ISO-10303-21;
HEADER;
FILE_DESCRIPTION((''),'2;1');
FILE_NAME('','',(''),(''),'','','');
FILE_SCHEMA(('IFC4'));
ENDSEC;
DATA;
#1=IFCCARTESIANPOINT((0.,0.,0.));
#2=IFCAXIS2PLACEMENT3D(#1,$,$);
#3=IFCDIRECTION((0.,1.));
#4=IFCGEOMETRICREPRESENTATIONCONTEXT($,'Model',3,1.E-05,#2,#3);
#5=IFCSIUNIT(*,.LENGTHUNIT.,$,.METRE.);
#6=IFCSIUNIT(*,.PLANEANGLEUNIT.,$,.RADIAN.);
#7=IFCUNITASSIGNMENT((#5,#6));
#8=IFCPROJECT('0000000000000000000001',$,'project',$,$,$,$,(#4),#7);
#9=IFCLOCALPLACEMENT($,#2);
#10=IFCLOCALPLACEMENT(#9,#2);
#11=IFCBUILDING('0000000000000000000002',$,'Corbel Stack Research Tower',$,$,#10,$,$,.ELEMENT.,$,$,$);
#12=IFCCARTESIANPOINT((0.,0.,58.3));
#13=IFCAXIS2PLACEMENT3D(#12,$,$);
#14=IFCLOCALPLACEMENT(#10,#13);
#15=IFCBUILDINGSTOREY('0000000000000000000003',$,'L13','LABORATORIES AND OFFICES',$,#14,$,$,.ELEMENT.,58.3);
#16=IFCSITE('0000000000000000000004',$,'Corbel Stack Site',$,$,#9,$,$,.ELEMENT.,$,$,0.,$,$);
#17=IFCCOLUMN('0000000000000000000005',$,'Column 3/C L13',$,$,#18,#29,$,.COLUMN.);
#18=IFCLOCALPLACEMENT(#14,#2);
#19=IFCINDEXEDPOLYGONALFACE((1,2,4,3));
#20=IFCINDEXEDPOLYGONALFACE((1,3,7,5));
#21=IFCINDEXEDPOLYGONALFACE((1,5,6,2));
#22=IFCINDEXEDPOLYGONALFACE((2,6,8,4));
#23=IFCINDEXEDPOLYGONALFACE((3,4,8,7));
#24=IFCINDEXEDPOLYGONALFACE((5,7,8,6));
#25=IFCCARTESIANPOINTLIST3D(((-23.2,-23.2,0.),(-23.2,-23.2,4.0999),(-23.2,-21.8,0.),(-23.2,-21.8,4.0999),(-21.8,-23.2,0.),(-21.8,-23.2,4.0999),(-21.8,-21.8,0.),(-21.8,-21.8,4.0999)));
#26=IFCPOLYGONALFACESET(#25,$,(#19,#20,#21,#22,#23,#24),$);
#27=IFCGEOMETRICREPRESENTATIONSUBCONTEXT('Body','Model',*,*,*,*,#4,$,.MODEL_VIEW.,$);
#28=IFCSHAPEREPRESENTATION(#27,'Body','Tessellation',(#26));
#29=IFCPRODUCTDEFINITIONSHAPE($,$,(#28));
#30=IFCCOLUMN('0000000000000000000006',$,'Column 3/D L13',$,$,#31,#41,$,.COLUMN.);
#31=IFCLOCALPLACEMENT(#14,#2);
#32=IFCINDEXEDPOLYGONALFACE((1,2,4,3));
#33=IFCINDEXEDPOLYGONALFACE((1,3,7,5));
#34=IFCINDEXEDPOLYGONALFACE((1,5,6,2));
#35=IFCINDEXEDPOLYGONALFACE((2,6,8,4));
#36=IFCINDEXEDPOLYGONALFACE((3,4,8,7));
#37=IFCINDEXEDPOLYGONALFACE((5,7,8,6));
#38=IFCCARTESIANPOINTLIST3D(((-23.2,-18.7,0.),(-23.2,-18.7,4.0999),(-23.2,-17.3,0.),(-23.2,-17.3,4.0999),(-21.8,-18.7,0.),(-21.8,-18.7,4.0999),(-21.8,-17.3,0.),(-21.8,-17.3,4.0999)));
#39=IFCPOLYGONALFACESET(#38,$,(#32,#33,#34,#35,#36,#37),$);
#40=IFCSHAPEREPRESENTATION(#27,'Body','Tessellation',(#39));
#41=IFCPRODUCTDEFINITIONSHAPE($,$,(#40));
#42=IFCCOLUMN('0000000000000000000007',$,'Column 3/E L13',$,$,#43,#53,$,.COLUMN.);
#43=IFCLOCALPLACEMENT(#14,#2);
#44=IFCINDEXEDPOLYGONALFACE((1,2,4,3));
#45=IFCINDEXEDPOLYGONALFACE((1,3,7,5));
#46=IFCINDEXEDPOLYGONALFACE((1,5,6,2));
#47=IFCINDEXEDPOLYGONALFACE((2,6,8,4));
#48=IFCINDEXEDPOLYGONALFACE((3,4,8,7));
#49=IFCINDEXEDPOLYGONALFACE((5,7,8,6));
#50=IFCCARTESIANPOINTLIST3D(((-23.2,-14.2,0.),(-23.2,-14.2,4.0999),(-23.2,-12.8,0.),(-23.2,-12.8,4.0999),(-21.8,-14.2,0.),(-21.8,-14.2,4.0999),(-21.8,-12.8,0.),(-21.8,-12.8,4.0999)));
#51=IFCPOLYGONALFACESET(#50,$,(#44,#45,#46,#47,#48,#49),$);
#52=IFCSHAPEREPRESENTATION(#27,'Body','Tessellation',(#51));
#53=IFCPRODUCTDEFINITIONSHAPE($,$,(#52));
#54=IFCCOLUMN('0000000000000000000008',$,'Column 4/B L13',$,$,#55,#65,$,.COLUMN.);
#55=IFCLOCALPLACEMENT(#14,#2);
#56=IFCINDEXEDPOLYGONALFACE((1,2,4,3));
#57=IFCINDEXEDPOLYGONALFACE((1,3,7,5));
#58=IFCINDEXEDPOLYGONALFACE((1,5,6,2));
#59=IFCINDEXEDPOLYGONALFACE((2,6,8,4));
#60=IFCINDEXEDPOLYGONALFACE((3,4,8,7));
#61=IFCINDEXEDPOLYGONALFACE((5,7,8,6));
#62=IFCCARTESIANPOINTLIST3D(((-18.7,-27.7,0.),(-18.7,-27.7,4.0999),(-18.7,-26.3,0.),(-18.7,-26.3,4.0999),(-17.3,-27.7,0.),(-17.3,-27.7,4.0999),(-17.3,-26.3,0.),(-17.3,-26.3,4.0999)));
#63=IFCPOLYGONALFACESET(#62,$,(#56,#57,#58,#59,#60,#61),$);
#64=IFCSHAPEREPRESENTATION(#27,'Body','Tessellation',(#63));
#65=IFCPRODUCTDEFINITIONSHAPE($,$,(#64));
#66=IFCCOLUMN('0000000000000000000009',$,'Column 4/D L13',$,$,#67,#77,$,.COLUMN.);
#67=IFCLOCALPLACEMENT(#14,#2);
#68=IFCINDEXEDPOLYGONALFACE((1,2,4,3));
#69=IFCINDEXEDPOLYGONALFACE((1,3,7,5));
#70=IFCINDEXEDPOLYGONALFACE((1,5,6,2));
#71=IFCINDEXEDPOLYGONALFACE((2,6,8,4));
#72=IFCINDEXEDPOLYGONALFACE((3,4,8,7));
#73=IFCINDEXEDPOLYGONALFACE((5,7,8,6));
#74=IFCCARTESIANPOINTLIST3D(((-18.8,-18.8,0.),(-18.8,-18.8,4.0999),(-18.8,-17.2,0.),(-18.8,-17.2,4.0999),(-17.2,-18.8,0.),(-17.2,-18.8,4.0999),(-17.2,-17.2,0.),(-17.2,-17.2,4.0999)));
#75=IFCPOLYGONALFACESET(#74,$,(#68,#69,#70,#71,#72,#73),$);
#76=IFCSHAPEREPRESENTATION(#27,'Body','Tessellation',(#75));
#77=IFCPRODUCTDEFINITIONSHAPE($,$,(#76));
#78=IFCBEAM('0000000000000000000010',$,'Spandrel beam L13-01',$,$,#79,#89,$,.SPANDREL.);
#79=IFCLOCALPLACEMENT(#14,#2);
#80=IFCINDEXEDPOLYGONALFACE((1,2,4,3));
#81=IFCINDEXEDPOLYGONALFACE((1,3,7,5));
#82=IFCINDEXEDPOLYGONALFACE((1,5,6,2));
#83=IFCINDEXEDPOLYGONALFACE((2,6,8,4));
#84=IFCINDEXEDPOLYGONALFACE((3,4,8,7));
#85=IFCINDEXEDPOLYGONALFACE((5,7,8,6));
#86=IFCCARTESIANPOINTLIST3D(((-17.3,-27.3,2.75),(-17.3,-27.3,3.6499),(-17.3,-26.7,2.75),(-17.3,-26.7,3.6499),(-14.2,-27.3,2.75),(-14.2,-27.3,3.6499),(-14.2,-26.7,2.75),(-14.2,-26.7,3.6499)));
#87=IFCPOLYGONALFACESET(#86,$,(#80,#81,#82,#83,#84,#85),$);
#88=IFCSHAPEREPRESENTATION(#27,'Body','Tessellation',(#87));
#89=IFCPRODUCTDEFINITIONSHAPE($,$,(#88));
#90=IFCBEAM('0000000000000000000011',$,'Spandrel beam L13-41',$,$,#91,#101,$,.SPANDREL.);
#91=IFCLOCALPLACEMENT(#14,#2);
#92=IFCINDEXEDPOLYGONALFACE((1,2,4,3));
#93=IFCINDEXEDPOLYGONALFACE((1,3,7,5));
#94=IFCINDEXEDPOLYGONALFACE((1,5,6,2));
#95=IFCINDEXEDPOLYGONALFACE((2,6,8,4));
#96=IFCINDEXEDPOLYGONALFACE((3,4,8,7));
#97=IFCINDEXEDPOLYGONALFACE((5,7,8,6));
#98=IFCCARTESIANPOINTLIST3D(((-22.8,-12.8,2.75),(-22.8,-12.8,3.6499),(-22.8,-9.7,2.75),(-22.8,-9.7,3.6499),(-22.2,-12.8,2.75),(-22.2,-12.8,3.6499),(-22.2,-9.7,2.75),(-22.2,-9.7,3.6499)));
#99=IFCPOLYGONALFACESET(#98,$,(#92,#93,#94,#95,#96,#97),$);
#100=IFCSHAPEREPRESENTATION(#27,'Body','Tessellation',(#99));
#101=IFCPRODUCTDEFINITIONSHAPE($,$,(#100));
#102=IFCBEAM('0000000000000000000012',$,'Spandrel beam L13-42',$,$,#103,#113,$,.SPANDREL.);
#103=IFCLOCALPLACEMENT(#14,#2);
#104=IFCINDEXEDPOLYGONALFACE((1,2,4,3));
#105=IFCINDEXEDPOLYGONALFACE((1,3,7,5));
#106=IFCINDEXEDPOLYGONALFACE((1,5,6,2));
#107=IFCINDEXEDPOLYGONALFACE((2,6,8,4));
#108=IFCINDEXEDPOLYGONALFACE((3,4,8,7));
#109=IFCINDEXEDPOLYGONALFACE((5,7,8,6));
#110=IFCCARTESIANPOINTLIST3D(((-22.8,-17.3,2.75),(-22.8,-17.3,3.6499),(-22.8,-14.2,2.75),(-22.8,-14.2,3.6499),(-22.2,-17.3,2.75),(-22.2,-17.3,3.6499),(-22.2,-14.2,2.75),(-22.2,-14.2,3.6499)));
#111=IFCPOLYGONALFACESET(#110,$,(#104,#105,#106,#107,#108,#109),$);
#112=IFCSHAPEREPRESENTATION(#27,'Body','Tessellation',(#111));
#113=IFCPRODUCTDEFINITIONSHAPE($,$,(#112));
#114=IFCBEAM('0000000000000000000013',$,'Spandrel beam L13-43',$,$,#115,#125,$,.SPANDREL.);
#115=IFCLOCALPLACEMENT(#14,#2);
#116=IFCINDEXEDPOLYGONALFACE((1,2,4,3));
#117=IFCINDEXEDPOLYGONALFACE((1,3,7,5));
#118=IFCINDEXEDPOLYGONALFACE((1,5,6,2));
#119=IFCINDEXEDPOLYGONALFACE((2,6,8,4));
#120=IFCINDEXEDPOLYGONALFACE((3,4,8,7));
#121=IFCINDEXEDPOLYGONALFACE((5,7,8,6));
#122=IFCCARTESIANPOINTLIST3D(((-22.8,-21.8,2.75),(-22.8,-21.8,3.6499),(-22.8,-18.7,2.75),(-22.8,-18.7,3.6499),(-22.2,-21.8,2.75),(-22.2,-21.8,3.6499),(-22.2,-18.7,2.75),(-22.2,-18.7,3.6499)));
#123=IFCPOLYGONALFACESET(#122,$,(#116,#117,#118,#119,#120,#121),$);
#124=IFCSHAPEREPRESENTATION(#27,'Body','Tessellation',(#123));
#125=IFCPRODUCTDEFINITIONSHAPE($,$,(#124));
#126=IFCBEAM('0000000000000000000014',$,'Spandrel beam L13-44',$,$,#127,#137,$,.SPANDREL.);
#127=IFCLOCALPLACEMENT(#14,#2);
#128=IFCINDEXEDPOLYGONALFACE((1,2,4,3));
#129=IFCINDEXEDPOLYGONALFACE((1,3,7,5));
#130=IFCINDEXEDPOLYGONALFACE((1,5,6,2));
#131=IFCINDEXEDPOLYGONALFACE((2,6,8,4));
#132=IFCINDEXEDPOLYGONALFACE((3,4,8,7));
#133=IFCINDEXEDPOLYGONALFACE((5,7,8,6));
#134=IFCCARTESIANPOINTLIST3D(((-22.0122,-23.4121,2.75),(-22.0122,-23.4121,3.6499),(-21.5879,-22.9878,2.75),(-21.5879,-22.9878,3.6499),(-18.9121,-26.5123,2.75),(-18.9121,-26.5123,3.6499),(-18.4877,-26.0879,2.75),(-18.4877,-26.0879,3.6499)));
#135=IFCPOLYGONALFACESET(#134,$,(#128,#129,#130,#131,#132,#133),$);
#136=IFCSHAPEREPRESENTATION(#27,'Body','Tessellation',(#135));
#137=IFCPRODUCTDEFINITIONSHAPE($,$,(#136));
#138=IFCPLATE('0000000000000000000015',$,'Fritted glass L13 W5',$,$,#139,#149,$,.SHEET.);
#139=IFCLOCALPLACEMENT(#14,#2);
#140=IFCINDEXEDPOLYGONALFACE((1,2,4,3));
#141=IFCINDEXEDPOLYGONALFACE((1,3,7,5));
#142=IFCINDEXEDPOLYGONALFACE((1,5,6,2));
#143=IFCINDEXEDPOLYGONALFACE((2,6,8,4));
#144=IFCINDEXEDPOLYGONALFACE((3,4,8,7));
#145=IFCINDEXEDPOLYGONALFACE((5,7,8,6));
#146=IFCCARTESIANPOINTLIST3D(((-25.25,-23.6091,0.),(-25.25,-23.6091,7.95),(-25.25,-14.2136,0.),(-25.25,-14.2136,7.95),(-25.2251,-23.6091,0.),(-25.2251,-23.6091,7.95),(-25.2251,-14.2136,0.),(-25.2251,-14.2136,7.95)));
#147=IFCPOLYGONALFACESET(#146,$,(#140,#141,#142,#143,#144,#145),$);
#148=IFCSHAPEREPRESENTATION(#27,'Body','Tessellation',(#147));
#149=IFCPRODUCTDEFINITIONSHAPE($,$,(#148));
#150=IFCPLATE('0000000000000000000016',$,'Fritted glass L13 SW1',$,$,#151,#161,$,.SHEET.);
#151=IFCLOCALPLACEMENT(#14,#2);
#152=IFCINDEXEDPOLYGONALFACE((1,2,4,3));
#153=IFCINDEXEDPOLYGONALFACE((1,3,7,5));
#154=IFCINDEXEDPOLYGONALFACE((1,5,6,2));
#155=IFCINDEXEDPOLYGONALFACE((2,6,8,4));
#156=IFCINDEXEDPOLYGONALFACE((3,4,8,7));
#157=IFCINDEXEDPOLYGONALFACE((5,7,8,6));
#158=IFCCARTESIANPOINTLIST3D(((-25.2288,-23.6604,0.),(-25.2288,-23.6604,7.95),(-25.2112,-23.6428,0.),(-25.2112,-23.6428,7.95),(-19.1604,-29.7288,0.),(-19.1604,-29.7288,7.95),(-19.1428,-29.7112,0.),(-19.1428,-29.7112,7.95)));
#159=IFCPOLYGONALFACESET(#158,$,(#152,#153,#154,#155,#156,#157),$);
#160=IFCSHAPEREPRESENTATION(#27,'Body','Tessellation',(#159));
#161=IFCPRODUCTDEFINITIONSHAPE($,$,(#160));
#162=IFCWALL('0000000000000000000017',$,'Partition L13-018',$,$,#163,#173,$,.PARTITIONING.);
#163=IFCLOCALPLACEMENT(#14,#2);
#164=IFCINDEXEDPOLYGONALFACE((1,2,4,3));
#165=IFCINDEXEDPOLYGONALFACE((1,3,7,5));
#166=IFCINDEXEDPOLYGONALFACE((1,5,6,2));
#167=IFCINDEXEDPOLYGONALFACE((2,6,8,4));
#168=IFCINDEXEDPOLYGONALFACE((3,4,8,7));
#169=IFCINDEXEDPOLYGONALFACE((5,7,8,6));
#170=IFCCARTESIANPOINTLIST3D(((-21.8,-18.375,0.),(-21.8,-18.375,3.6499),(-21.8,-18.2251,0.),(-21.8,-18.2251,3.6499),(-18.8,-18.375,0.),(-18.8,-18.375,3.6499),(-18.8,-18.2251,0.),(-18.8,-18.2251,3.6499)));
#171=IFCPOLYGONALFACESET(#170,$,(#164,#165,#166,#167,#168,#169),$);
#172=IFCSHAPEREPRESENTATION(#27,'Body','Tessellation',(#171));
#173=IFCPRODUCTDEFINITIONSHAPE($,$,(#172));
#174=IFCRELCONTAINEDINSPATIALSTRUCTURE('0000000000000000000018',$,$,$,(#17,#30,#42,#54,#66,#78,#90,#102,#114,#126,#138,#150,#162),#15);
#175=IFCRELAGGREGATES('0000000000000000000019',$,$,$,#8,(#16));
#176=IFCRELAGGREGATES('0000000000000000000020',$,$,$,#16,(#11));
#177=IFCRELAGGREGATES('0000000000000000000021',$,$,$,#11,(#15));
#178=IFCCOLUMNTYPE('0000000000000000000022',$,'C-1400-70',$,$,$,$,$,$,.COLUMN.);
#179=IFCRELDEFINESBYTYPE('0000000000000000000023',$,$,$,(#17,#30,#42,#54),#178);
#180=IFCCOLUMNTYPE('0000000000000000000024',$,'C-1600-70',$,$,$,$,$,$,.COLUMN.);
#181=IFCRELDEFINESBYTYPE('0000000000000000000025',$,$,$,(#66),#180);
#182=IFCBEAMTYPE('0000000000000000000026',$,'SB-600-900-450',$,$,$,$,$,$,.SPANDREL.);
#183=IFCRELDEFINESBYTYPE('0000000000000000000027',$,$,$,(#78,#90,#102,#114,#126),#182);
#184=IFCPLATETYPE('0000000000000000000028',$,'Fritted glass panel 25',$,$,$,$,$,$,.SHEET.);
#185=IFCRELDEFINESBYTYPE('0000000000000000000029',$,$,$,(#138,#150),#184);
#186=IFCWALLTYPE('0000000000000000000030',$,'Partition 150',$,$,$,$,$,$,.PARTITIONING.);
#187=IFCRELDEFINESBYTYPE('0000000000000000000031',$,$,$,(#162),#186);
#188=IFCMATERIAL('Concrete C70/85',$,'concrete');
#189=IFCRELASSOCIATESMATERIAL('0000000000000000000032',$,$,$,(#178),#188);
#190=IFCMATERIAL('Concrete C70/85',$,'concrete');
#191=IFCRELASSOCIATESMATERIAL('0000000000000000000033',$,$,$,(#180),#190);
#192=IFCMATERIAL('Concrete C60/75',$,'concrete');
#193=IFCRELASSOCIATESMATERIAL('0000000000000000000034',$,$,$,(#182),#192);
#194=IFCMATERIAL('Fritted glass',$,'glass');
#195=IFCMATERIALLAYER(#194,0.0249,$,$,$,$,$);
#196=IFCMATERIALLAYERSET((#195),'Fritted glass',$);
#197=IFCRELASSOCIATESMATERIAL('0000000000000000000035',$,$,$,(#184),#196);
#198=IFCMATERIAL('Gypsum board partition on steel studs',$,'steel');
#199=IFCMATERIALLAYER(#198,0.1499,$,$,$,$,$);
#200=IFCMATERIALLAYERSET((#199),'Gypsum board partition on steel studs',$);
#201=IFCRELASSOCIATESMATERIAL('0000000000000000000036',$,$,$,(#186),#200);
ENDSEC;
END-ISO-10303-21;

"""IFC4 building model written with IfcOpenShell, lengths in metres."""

from ifc_helpers import new_model, si_unit, direction, frame, frame_2d, origin, origin_2d, place, context, subcontext, project, spatial, rectangle, extrude, material, layer, layer_set, material_profile, profile_set, type_object, element, save


model = new_model("IFC4")

# Units and contexts
model_context = context("Model", 3, precision=1e-05, world=origin(), true_north=direction((0.0, 1.0)))
body_context = subcontext(model_context, "Body", "Model", "MODEL_VIEW")
ifc_project = project(units=[si_unit("LENGTHUNIT", "METRE"), si_unit("PLANEANGLEUNIT", "RADIAN")], contexts=[model_context])

# Site, building, storey
site_placement = place(None, origin())
site = spatial("IfcSite", under=ifc_project, at=site_placement, Name="Corbel Stack Site", CompositionType="ELEMENT", RefElevation=0.0)
building_placement = place(site_placement, origin())
building = spatial("IfcBuilding", under=site, at=building_placement, Name="Corbel Stack Research Tower", CompositionType="ELEMENT")
storey_placement = place(building_placement, frame((0.0, 0.0, 58.3)))
storey = spatial("IfcBuildingStorey", under=building, at=storey_placement, Name="L13", Description="LABORATORIES AND OFFICES", CompositionType="ELEMENT", Elevation=58.3)

# Columns
ifc_material_1 = material(Name="Concrete C70/85", Category="concrete")
ifc_material_profile_1 = material_profile(ifc_material_1, rectangle(XDim=1.3999, YDim=1.3999, at=origin_2d()), Name="RC 1400 x 1400")
ifc_profile_set_1 = profile_set([ifc_material_profile_1], Name="Concrete C70/85")
column_type_1 = type_object("IfcColumnType", Name="C-1400-70", PredefinedType="COLUMN", material=ifc_profile_set_1)
for number, where, z_axis, x_axis, name in (
    (1, (-22.5, -22.5, 0.0), (0.0, 0.0, 1.0), (1.0, 0.0, 0.0), "Column 3/C L13"),
    (2, (-22.5, -18.0, 0.0), (0.0, 0.0, 1.0), (1.0, 0.0, 0.0), "Column 3/D L13"),
    (3, (-22.5, -13.5, 0.0), (0.0, 0.0, 1.0), (1.0, 0.0, 0.0), "Column 3/E L13"),
    (4, (-18.0, -27.0, 0.0), (0.0, 0.0, 1.0), (1.0, 0.0, 0.0), "Column 4/B L13"),
):
    element("IfcColumn", number, at=place(storey_placement, frame(where, z_axis=z_axis, x_axis=x_axis)), inside=storey, type_object=column_type_1, Name=name, PredefinedType="COLUMN", context=body_context, shape_type="SweptSolid", body=[
        extrude(rectangle(XDim=1.3999, YDim=1.3999, at=origin_2d()), origin(), (0.0, 0.0, 1.0), 4.0999),
    ])
ifc_material_2 = material(Name="Concrete C70/85", Category="concrete")
ifc_material_profile_2 = material_profile(ifc_material_2, rectangle(XDim=1.6001, YDim=1.6001, at=origin_2d()), Name="RC 1600 x 1600")
ifc_profile_set_2 = profile_set([ifc_material_profile_2], Name="Concrete C70/85")
column_type_2 = type_object("IfcColumnType", Name="C-1600-70", PredefinedType="COLUMN", material=ifc_profile_set_2)
column_placement = place(storey_placement, frame((-18.0, -18.0, 0.0), z_axis=(0.0, 0.0, 1.0), x_axis=(1.0, 0.0, 0.0)))
element("IfcColumn", 5, at=column_placement, inside=storey, type_object=column_type_2, Name="Column 4/D L13", PredefinedType="COLUMN", context=body_context, shape_type="SweptSolid", body=[
    extrude(rectangle(XDim=1.6001, YDim=1.6001, at=origin_2d()), origin(), (0.0, 0.0, 1.0), 4.0999),
])

# Beams
ifc_material_3 = material(Name="Concrete C60/75", Category="concrete")
ifc_material_profile_3 = material_profile(ifc_material_3, rectangle(XDim=0.6001, YDim=0.8999, at=origin_2d()), Name="RC 600 x 900")
ifc_profile_set_3 = profile_set([ifc_material_profile_3], Name="Concrete C60/75")
beam_type = type_object("IfcBeamType", Name="SB-600-900-450", PredefinedType="SPANDREL", material=ifc_profile_set_3)
for number, where, z_axis, x_axis, name in (
    (6, (-17.3, -27.0, 3.2), (1.0, 0.0, 0.0), (0.0, 1.0, 0.0), "Spandrel beam L13-01"),
    (7, (-22.5, -9.7, 3.2), (0.0, -1.0, 0.0), (1.0, 0.0, 0.0), "Spandrel beam L13-41"),
    (8, (-22.5, -14.2, 3.2), (0.0, -1.0, 0.0), (1.0, 0.0, 0.0), "Spandrel beam L13-42"),
    (9, (-22.5, -18.7, 3.2), (0.0, -1.0, 0.0), (1.0, 0.0, 0.0), "Spandrel beam L13-43"),
):
    element("IfcBeam", number, at=place(storey_placement, frame(where, z_axis=z_axis, x_axis=x_axis)), inside=storey, type_object=beam_type, Name=name, PredefinedType="SPANDREL", context=body_context, shape_type="SweptSolid", body=[
        extrude(rectangle(XDim=0.6001, YDim=0.8999, at=origin_2d()), origin(), (0.0, 0.0, 1.0), 3.1001),
    ])
beam_placement = place(storey_placement, frame((-21.8, -23.2, 3.2), z_axis=(0.707107, -0.707107, 0.0), x_axis=(0.707107, 0.707107, 0.0)))
element("IfcBeam", 10, at=beam_placement, inside=storey, type_object=beam_type, Name="Spandrel beam L13-44", PredefinedType="SPANDREL", context=body_context, shape_type="SweptSolid", body=[
    extrude(rectangle(XDim=0.6001, YDim=0.8999, at=origin_2d()), origin(), (0.0, 0.0, 1.0), 4.3843),
])

# Plates
ifc_material_4 = material(Name="Fritted glass", Category="glass")
ifc_layer_1 = layer(ifc_material_4, 0.0249)
ifc_layer_set_1 = layer_set([ifc_layer_1], Name="Fritted glass")
plate_type = type_object("IfcPlateType", Name="Fritted glass panel 25", PredefinedType="SHEET", material=ifc_layer_set_1)
plate_1_placement = place(storey_placement, frame((-25.2375, -18.9114, 0.0), z_axis=(0.0, 0.0, 1.0), x_axis=(0.0, -1.0, 0.0)))
element("IfcPlate", 11, at=plate_1_placement, inside=storey, type_object=plate_type, Name="Fritted glass L13 W5", PredefinedType="SHEET", context=body_context, shape_type="SweptSolid", body=[
    extrude(rectangle(XDim=9.3955, YDim=0.0249, at=origin_2d()), origin(), (0.0, 0.0, 1.0), 7.95),
])
plate_2_placement = place(storey_placement, frame((-22.1858, -26.6858, 0.0), z_axis=(0.0, 0.0, 1.0), x_axis=(0.707107, -0.707107, 0.0)))
element("IfcPlate", 12, at=plate_2_placement, inside=storey, type_object=plate_type, Name="Fritted glass L13 SW1", PredefinedType="SHEET", context=body_context, shape_type="SweptSolid", body=[
    extrude(rectangle(XDim=8.582, YDim=0.0249, at=origin_2d()), origin(), (0.0, 0.0, 1.0), 7.95),
])

# Wall
ifc_material_5 = material(Name="Gypsum board partition on steel studs", Category="steel")
ifc_layer_2 = layer(ifc_material_5, 0.1499)
ifc_layer_set_2 = layer_set([ifc_layer_2], Name="Gypsum board partition on steel studs")
wall_type_1 = type_object("IfcWallType", Name="Partition 150", PredefinedType="PARTITIONING", material=ifc_layer_set_2)
wall_1_placement = place(storey_placement, frame((-21.8, -18.3, 0.0), z_axis=(0.0, 0.0, 1.0), x_axis=(1.0, 0.0, 0.0)))
element("IfcWall", 13, at=wall_1_placement, inside=storey, type_object=wall_type_1, Name="Partition L13-018", PredefinedType="PARTITIONING", context=body_context, shape_type="SweptSolid", body=[
    extrude(rectangle(XDim=3.0, YDim=0.1499, at=frame_2d((1.5, 0.0))), origin(), (0.0, 0.0, 1.0), 3.6499),
])

save(model, "model.ifc")
